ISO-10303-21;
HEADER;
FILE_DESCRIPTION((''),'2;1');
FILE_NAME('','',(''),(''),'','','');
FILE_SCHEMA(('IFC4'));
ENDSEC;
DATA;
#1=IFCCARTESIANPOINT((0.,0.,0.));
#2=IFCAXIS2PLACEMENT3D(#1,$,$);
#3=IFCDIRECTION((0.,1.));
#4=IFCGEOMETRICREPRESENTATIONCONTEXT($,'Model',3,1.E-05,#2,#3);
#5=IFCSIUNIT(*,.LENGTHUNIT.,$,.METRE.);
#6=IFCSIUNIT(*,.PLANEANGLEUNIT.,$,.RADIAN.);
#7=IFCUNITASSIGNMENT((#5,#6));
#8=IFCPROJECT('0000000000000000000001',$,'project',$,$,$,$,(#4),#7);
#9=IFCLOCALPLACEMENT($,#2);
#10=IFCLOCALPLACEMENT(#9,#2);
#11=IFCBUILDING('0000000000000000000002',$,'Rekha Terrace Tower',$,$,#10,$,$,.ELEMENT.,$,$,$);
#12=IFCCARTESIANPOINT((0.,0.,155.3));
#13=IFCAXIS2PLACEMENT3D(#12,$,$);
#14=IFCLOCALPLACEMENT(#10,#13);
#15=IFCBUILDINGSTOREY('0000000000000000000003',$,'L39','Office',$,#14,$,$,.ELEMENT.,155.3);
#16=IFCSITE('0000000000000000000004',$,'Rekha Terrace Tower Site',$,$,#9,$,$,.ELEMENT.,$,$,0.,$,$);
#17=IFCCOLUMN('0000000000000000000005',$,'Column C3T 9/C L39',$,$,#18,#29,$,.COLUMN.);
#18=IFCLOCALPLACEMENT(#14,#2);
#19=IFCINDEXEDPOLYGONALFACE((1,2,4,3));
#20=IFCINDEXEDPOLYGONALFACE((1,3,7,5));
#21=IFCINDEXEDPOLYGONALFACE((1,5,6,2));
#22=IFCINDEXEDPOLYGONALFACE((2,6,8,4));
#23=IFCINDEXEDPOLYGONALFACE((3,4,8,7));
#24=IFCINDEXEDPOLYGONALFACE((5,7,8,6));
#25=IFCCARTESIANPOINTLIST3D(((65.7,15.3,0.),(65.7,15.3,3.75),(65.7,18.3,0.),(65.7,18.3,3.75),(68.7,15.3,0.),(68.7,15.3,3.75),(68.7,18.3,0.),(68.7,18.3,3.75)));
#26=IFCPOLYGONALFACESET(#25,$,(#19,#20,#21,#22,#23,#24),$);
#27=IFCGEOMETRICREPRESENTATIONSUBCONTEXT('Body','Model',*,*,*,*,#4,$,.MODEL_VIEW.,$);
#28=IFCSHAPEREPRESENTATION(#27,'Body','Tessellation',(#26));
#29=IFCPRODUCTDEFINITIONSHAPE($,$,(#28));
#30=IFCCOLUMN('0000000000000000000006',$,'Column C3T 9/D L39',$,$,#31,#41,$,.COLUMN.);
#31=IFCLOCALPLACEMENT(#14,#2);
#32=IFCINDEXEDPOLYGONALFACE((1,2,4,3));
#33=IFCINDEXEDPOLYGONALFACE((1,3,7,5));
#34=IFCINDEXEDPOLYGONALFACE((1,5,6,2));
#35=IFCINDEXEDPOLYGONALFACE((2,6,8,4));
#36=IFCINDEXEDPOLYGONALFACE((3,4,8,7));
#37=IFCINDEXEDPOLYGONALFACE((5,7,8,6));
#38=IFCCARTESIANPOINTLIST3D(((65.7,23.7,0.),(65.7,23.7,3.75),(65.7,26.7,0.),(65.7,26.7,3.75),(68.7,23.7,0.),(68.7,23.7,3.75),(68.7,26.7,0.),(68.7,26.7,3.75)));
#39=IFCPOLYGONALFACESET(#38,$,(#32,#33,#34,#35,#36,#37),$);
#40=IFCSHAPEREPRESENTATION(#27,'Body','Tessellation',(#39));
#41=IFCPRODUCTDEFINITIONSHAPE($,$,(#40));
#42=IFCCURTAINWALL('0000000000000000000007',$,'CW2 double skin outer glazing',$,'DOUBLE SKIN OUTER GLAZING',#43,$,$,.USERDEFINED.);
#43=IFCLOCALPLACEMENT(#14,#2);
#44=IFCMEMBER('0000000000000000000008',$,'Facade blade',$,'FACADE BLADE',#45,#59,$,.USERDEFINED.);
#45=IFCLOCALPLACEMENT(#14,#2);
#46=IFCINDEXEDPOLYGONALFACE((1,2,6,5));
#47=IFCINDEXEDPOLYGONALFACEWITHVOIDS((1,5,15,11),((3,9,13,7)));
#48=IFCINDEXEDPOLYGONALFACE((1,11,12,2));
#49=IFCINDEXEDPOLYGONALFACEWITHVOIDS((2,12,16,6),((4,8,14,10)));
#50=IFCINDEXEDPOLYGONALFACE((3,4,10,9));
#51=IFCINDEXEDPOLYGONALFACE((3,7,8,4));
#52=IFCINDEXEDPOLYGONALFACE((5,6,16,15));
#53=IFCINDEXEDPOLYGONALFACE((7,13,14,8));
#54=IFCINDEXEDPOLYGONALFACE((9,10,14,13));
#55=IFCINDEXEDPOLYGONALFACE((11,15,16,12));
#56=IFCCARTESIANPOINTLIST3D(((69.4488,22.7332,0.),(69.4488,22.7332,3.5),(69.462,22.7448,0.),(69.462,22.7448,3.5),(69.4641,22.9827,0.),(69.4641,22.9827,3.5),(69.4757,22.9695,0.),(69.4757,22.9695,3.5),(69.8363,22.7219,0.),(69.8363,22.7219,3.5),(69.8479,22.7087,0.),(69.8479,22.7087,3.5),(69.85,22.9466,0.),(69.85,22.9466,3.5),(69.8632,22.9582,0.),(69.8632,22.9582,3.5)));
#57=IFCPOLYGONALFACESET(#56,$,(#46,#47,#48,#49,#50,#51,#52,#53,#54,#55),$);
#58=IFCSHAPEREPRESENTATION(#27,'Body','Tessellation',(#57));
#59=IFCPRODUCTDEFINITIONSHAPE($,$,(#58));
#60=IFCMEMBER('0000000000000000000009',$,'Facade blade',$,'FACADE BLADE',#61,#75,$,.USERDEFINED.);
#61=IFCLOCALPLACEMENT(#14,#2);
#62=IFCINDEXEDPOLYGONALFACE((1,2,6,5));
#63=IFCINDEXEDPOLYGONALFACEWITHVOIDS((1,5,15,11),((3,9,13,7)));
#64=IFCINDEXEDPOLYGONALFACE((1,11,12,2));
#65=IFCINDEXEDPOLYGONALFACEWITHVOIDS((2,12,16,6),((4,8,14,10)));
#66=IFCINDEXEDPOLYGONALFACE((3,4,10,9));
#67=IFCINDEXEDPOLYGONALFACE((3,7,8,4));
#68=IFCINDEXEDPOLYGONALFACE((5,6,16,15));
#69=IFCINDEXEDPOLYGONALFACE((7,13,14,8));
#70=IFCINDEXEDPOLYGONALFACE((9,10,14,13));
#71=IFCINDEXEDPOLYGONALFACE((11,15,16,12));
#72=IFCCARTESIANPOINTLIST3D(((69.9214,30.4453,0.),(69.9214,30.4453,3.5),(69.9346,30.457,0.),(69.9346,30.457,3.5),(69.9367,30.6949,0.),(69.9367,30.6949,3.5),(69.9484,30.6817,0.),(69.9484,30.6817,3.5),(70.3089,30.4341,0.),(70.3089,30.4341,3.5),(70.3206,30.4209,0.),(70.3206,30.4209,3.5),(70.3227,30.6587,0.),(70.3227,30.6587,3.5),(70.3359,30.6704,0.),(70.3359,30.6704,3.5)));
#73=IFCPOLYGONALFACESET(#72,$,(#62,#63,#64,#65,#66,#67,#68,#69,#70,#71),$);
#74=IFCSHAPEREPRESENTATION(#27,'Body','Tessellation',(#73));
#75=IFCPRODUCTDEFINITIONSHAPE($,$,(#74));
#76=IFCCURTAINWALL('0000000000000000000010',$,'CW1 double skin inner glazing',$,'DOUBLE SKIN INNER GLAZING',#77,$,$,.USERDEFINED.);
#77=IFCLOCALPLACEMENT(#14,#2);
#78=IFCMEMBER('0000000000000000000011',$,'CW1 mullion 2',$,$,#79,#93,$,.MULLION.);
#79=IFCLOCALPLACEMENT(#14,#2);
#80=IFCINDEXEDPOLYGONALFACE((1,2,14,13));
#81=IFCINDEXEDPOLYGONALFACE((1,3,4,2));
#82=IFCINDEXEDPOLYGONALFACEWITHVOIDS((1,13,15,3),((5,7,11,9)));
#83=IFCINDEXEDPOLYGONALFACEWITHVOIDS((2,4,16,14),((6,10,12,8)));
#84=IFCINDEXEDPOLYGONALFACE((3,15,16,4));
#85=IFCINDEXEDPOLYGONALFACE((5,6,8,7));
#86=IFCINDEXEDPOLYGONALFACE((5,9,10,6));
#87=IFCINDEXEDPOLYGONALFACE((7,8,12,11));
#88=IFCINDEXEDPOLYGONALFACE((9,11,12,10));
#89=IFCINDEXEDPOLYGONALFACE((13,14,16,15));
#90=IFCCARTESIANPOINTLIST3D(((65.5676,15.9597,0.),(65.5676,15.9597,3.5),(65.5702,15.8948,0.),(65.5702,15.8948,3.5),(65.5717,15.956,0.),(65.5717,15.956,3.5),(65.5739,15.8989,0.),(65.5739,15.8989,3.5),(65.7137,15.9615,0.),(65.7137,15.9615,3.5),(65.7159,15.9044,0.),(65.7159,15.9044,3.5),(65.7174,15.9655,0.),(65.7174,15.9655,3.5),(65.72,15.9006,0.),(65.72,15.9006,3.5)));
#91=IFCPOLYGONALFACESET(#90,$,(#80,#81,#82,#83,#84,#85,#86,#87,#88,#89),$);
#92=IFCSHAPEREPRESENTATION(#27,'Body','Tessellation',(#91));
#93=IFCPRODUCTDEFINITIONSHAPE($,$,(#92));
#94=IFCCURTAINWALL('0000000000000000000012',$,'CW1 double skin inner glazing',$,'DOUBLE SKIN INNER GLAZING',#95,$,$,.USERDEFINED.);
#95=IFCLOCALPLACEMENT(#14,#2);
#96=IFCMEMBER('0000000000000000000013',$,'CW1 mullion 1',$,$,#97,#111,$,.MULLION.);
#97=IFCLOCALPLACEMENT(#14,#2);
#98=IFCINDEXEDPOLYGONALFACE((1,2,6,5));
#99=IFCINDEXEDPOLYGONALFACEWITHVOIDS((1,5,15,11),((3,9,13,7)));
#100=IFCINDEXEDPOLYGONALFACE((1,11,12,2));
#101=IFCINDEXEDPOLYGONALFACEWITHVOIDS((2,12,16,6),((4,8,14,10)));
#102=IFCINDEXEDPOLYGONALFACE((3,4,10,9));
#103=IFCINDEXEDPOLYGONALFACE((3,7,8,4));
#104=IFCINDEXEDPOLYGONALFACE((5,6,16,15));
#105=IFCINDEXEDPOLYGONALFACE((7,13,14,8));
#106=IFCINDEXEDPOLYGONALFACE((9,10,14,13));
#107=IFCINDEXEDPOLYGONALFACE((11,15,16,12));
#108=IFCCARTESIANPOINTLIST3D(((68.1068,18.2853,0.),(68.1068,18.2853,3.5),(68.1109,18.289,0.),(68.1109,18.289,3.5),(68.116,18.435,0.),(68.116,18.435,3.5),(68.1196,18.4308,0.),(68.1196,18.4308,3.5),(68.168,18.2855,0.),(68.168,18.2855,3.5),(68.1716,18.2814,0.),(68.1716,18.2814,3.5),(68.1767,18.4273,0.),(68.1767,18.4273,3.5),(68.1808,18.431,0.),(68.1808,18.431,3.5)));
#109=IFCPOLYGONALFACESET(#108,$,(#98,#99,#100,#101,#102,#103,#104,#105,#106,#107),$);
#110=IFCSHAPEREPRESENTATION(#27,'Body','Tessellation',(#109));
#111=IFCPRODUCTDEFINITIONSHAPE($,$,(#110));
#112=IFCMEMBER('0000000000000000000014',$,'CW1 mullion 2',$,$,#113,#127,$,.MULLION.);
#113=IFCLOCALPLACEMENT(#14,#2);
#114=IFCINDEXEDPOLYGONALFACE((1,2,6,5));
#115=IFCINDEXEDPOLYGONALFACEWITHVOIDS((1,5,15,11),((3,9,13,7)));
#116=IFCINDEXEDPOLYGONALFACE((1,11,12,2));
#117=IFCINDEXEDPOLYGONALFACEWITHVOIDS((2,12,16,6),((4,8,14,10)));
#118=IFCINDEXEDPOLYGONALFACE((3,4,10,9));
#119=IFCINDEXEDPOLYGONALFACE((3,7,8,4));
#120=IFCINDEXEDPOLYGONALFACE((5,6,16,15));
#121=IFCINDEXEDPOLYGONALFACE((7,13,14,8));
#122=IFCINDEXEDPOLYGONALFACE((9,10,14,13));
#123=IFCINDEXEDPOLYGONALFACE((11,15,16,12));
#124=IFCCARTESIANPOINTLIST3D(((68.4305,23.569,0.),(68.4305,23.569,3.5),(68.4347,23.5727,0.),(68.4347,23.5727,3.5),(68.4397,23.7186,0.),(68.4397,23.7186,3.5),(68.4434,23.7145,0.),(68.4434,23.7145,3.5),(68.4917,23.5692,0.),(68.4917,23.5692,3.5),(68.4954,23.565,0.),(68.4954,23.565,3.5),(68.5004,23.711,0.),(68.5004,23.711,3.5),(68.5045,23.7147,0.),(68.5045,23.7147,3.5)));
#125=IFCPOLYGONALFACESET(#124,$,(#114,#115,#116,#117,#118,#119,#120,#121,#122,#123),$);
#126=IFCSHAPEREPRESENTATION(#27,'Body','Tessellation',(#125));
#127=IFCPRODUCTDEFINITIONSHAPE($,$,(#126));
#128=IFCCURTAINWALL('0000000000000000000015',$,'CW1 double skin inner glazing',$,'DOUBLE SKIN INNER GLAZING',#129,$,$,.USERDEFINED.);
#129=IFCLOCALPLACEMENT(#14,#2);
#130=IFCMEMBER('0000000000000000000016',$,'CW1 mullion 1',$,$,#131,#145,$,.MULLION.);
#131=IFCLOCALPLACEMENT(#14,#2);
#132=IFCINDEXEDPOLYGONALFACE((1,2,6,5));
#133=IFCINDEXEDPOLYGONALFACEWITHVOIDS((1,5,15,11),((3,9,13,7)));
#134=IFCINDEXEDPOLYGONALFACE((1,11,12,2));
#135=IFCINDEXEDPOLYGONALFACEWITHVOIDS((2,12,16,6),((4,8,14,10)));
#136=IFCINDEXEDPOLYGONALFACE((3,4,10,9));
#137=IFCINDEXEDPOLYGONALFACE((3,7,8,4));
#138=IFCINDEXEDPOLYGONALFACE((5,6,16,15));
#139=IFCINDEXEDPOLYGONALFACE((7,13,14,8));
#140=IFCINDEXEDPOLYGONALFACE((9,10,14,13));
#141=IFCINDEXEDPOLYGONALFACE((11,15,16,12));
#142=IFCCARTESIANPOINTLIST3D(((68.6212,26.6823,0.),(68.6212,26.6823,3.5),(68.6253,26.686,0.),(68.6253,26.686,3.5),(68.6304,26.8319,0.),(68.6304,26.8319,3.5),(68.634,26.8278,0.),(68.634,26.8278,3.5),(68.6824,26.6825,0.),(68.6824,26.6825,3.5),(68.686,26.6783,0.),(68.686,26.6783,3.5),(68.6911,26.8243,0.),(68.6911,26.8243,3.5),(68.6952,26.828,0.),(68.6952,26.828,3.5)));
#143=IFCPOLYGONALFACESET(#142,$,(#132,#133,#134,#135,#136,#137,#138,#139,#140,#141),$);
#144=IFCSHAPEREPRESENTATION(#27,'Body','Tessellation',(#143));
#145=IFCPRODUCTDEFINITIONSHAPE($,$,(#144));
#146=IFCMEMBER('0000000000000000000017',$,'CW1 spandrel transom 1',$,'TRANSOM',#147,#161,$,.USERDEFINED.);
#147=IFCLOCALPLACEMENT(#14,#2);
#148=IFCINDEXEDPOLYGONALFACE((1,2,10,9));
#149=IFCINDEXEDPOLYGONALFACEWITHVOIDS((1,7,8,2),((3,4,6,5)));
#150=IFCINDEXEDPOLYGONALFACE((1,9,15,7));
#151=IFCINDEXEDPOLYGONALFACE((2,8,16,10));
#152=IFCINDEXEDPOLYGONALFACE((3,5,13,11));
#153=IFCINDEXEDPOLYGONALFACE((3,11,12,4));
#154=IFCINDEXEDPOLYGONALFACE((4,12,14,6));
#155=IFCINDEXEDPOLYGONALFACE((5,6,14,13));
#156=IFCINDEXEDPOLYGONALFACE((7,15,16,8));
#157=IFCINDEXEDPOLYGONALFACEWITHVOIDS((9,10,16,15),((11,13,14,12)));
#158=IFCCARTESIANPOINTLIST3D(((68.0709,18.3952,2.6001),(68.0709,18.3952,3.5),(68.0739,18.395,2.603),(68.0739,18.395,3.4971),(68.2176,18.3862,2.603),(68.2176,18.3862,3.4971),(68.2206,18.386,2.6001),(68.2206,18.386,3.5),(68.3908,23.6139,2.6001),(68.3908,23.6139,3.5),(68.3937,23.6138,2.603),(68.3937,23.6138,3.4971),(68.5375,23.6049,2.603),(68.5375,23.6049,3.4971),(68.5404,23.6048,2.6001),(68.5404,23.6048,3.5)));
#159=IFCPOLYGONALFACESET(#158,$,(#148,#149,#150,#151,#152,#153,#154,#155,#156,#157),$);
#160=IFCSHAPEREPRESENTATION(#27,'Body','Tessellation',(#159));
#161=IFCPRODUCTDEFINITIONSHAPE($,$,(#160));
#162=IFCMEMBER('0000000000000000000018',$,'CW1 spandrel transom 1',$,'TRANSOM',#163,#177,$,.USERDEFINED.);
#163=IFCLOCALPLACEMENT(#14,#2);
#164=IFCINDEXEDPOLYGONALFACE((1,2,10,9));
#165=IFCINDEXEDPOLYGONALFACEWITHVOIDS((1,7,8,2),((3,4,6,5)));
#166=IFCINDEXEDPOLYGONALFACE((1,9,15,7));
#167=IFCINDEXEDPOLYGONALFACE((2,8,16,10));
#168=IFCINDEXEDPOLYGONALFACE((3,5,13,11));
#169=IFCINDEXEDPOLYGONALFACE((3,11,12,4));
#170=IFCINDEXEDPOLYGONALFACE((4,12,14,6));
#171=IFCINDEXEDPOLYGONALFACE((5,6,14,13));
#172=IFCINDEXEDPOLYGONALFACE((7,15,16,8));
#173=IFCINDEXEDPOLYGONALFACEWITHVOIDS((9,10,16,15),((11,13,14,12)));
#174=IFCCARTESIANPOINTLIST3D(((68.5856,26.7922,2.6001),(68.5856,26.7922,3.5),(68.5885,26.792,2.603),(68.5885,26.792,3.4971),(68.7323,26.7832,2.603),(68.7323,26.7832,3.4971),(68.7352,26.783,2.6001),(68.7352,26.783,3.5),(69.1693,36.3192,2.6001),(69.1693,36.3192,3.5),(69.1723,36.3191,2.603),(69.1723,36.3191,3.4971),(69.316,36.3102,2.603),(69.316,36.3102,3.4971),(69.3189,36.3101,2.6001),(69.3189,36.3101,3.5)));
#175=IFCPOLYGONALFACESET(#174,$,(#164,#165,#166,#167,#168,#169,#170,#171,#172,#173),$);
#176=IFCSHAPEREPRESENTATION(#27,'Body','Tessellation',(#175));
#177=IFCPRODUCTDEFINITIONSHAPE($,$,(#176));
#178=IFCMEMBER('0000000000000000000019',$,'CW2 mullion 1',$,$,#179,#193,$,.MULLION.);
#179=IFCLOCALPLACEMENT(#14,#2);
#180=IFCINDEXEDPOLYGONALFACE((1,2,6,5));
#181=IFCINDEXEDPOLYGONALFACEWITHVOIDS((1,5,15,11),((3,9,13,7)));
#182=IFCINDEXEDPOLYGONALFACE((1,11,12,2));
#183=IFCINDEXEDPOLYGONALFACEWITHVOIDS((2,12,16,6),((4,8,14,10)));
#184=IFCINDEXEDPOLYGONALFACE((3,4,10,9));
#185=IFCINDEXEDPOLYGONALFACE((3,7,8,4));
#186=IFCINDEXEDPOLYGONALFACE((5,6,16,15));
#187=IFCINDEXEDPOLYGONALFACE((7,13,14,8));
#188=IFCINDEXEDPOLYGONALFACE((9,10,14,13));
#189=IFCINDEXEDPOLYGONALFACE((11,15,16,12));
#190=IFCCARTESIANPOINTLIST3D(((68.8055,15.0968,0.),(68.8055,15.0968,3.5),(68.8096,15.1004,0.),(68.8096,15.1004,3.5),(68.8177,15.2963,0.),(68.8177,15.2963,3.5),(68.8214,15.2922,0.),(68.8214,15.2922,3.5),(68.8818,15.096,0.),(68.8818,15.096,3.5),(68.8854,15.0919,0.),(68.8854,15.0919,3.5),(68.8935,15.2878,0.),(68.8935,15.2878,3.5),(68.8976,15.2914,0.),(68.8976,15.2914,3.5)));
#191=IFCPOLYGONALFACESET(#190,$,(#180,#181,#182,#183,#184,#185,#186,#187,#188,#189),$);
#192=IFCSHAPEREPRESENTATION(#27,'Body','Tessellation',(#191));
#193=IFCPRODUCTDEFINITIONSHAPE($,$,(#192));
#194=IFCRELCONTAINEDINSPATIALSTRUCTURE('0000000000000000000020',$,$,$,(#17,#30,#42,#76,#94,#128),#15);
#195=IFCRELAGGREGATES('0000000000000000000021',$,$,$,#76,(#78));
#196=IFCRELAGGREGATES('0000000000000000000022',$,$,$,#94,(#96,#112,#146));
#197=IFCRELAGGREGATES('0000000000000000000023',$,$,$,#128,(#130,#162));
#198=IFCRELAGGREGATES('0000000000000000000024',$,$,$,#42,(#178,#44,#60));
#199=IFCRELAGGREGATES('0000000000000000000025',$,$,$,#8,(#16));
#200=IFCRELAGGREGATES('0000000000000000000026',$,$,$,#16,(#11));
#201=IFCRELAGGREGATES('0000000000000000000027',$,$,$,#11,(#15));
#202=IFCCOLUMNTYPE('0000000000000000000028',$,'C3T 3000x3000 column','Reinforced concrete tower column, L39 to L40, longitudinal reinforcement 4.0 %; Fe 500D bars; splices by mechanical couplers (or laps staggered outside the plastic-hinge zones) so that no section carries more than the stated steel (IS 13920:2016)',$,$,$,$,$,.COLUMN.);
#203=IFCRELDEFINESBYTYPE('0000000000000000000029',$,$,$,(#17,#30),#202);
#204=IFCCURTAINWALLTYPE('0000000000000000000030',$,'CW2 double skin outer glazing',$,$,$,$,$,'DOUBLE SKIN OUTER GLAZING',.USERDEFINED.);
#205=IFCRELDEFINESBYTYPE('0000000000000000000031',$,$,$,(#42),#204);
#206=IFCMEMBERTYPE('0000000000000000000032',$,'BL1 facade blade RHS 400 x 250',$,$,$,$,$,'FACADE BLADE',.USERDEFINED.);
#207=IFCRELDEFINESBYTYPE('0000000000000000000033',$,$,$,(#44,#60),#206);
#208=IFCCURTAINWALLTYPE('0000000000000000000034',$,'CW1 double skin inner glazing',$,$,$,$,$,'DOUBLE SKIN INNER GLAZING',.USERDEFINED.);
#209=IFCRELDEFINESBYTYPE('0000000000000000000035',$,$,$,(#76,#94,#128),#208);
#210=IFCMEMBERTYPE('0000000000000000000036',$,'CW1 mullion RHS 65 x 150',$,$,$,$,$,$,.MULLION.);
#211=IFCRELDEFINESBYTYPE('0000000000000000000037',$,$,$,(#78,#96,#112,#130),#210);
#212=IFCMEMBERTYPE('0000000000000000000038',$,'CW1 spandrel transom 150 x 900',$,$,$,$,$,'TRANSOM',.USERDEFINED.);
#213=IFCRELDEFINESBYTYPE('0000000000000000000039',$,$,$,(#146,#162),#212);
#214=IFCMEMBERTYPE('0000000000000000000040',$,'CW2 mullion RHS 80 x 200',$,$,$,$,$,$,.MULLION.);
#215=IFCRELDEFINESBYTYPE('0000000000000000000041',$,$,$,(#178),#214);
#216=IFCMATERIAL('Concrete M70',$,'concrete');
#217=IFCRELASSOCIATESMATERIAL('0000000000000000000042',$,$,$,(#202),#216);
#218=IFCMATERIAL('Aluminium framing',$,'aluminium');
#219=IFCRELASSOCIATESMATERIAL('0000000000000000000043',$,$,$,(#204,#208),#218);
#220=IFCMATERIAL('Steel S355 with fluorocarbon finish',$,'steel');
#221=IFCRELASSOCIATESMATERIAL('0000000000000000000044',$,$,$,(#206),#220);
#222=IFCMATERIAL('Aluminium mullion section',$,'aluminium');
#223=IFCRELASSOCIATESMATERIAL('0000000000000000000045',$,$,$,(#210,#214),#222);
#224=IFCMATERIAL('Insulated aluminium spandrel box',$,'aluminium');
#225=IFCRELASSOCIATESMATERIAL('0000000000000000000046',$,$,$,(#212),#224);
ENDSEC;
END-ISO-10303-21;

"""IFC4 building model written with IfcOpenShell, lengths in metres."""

from ifc_helpers import new_model, si_unit, direction, frame, origin, origin_2d, place, context, subcontext, project, spatial, rectangle, hollow_rectangle, extrude, material, material_profile, profile_set, type_object, element, aggregate, save


model = new_model("IFC4")

# Units and contexts
model_context = context("Model", 3, precision=1e-05, world=origin(), true_north=direction((0.0, 1.0)))
body_context = subcontext(model_context, "Body", "Model", "MODEL_VIEW")
ifc_project = project(units=[si_unit("LENGTHUNIT", "METRE"), si_unit("PLANEANGLEUNIT", "RADIAN")], contexts=[model_context])

# Site, building, storey
site_placement = place(None, origin())
site = spatial("IfcSite", under=ifc_project, at=site_placement, Name="Rekha Terrace Tower Site", CompositionType="ELEMENT", RefElevation=0.0)
building_placement = place(site_placement, origin())
building = spatial("IfcBuilding", under=site, at=building_placement, Name="Rekha Terrace Tower", CompositionType="ELEMENT")
storey_placement = place(building_placement, frame((0.0, 0.0, 155.3)))
storey = spatial("IfcBuildingStorey", under=building, at=storey_placement, Name="L39", Description="Office", CompositionType="ELEMENT", Elevation=155.3)

# Columns
ifc_material_1 = material(Name="Concrete M70", Category="concrete")
ifc_material_profile_1 = material_profile(ifc_material_1, rectangle(XDim=3.0, YDim=3.0, at=origin_2d()), Name="RC 3000x3000")
ifc_profile_set_1 = profile_set([ifc_material_profile_1], Name="Concrete M70")
column_type = type_object("IfcColumnType", Name="C3T 3000x3000 column", Description="Reinforced concrete tower column, L39 to L40, longitudinal reinforcement 4.0 %; Fe 500D bars; splices by mechanical couplers (or laps staggered outside the plastic-hinge zones) so that no section carries more than the stated steel (IS 13920:2016)", PredefinedType="COLUMN", material=ifc_profile_set_1)
for number, where, z_axis, x_axis, name in (
    (1, (67.2, 16.8, 0.0), (0.0, 0.0, 1.0), (1.0, 0.0, 0.0), "Column C3T 9/C L39"),
    (2, (67.2, 25.2, 0.0), (0.0, 0.0, 1.0), (1.0, 0.0, 0.0), "Column C3T 9/D L39"),
):
    element("IfcColumn", number, at=place(storey_placement, frame(where, z_axis=z_axis, x_axis=x_axis)), inside=storey, type_object=column_type, Name=name, PredefinedType="COLUMN", context=body_context, shape_type="SweptSolid", body=[
        extrude(rectangle(XDim=3.0, YDim=3.0, at=origin_2d()), origin(), (0.0, 0.0, 1.0), 3.75),
    ])

# Curtain wall, members
ifc_material_2 = material(Name="Aluminium framing", Category="aluminium")
curtain_wall_type_1 = type_object("IfcCurtainWallType", Name="CW2 double skin outer glazing", ElementType="DOUBLE SKIN OUTER GLAZING", PredefinedType="USERDEFINED", material=ifc_material_2)
curtain_wall_1_placement = place(storey_placement, origin())
curtain_wall_1 = element("IfcCurtainWall", 3, at=curtain_wall_1_placement, inside=storey, type_object=curtain_wall_type_1, Name="CW2 double skin outer glazing", ObjectType="DOUBLE SKIN OUTER GLAZING", PredefinedType="USERDEFINED")
ifc_material_3 = material(Name="Steel S355 with fluorocarbon finish", Category="steel")
ifc_material_profile_2 = material_profile(ifc_material_3, hollow_rectangle(XDim=0.25, YDim=0.3999, WallThickness=0.0125, at=origin_2d()), Name="RHS400x250x12.5")
ifc_profile_set_2 = profile_set([ifc_material_profile_2], Name="Steel S355 with fluorocarbon finish")
member_type_1 = type_object("IfcMemberType", Name="BL1 facade blade RHS 400 x 250", ElementType="FACADE BLADE", PredefinedType="USERDEFINED", material=ifc_profile_set_2)
member_1_placement = place(storey_placement, frame((69.656, 22.8457, 0.0), z_axis=(0.0, 0.0, 1.0), x_axis=(0.06116, 0.998128, 0.0)))
member_1 = element("IfcMember", 4, at=member_1_placement, type_object=member_type_1, Name="Facade blade", ObjectType="FACADE BLADE", PredefinedType="USERDEFINED", context=body_context, shape_type="SweptSolid", body=[
    extrude(hollow_rectangle(XDim=0.25, YDim=0.3999, WallThickness=0.0125, at=origin_2d()), origin(), (0.0, 0.0, 1.0), 3.5),
])
member_2_placement = place(storey_placement, frame((70.1287, 30.5579, 0.0), z_axis=(0.0, 0.0, 1.0), x_axis=(0.06116, 0.998128, 0.0)))
member_2 = element("IfcMember", 5, at=member_2_placement, type_object=member_type_1, Name="Facade blade", ObjectType="FACADE BLADE", PredefinedType="USERDEFINED", context=body_context, shape_type="SweptSolid", body=[
    extrude(hollow_rectangle(XDim=0.25, YDim=0.3999, WallThickness=0.0125, at=origin_2d()), origin(), (0.0, 0.0, 1.0), 3.5),
])

# Curtain wall, member
curtain_wall_type_2 = type_object("IfcCurtainWallType", Name="CW1 double skin inner glazing", ElementType="DOUBLE SKIN INNER GLAZING", PredefinedType="USERDEFINED", material=ifc_material_2)
curtain_wall_2_placement = place(storey_placement, origin())
curtain_wall_2 = element("IfcCurtainWall", 6, at=curtain_wall_2_placement, inside=storey, type_object=curtain_wall_type_2, Name="CW1 double skin inner glazing", ObjectType="DOUBLE SKIN INNER GLAZING", PredefinedType="USERDEFINED")
ifc_material_4 = material(Name="Aluminium mullion section", Category="aluminium")
ifc_material_profile_3 = material_profile(ifc_material_4, hollow_rectangle(XDim=0.0649, YDim=0.1499, WallThickness=0.0039, at=origin_2d()), Name="AL RHS 65x150")
ifc_profile_set_3 = profile_set([ifc_material_profile_3], Name="Aluminium mullion section")
member_type_2 = type_object("IfcMemberType", Name="CW1 mullion RHS 65 x 150", PredefinedType="MULLION", material=ifc_profile_set_3)
member_3_placement = place(storey_placement, frame((65.6438, 15.9302, 0.0), z_axis=(0.0, 0.0, 1.0), x_axis=(-0.03889, 0.999243, 0.0)))
member_3 = element("IfcMember", 7, at=member_3_placement, type_object=member_type_2, Name="CW1 mullion 2", PredefinedType="MULLION", context=body_context, shape_type="SweptSolid", body=[
    extrude(hollow_rectangle(XDim=0.0649, YDim=0.1499, WallThickness=0.0039, at=origin_2d()), origin(), (0.0, 0.0, 1.0), 3.5),
])

# Curtain wall, members
curtain_wall_3_placement = place(storey_placement, origin())
curtain_wall_3 = element("IfcCurtainWall", 8, at=curtain_wall_3_placement, inside=storey, type_object=curtain_wall_type_2, Name="CW1 double skin inner glazing", ObjectType="DOUBLE SKIN INNER GLAZING", PredefinedType="USERDEFINED")
member_4_placement = place(storey_placement, frame((68.1438, 18.3582, 0.0), z_axis=(0.0, 0.0, 1.0), x_axis=(-0.998128, 0.06116, 0.0)))
member_4 = element("IfcMember", 9, at=member_4_placement, type_object=member_type_2, Name="CW1 mullion 1", PredefinedType="MULLION", context=body_context, shape_type="SweptSolid", body=[
    extrude(hollow_rectangle(XDim=0.0649, YDim=0.1499, WallThickness=0.0039, at=origin_2d()), origin(), (0.0, 0.0, 1.0), 3.5),
])
member_5_placement = place(storey_placement, frame((68.4675, 23.6418, 0.0), z_axis=(0.0, 0.0, 1.0), x_axis=(-0.998128, 0.06116, 0.0)))
member_5 = element("IfcMember", 10, at=member_5_placement, type_object=member_type_2, Name="CW1 mullion 2", PredefinedType="MULLION", context=body_context, shape_type="SweptSolid", body=[
    extrude(hollow_rectangle(XDim=0.0649, YDim=0.1499, WallThickness=0.0039, at=origin_2d()), origin(), (0.0, 0.0, 1.0), 3.5),
])

# Curtain wall, member
curtain_wall_4_placement = place(storey_placement, origin())
curtain_wall_4 = element("IfcCurtainWall", 11, at=curtain_wall_4_placement, inside=storey, type_object=curtain_wall_type_2, Name="CW1 double skin inner glazing", ObjectType="DOUBLE SKIN INNER GLAZING", PredefinedType="USERDEFINED")
member_6_placement = place(storey_placement, frame((68.6582, 26.7551, 0.0), z_axis=(0.0, 0.0, 1.0), x_axis=(-0.998128, 0.06116, 0.0)))
member_6 = element("IfcMember", 12, at=member_6_placement, type_object=member_type_2, Name="CW1 mullion 1", PredefinedType="MULLION", context=body_context, shape_type="SweptSolid", body=[
    extrude(hollow_rectangle(XDim=0.0649, YDim=0.1499, WallThickness=0.0039, at=origin_2d()), origin(), (0.0, 0.0, 1.0), 3.5),
])

# Members
ifc_material_5 = material(Name="Insulated aluminium spandrel box", Category="aluminium")
ifc_material_profile_4 = material_profile(ifc_material_5, hollow_rectangle(XDim=0.1499, YDim=0.8999, WallThickness=0.0029, at=origin_2d()), Name="AL SPANDREL BOX 150x900")
ifc_profile_set_4 = profile_set([ifc_material_profile_4], Name="Insulated aluminium spandrel box")
member_type_3 = type_object("IfcMemberType", Name="CW1 spandrel transom 150 x 900", ElementType="TRANSOM", PredefinedType="USERDEFINED", material=ifc_profile_set_4)
member_7_placement = place(storey_placement, frame((68.1458, 18.3906, 3.05), z_axis=(0.061169, 0.998127, 0.0), x_axis=(-0.998127, 0.061169, 0.0)))
member_7 = element("IfcMember", 13, at=member_7_placement, type_object=member_type_3, Name="CW1 spandrel transom 1", ObjectType="TRANSOM", PredefinedType="USERDEFINED", context=body_context, shape_type="SweptSolid", body=[
    extrude(hollow_rectangle(XDim=0.1499, YDim=0.8999, WallThickness=0.0029, at=origin_2d()), origin(), (0.0, 0.0, 1.0), 5.2285),
])
member_8_placement = place(storey_placement, frame((68.6604, 26.7876, 3.05), z_axis=(0.061157, 0.998128, 0.0), x_axis=(-0.998128, 0.061157, 0.0)))
member_8 = element("IfcMember", 14, at=member_8_placement, type_object=member_type_3, Name="CW1 spandrel transom 1", ObjectType="TRANSOM", PredefinedType="USERDEFINED", context=body_context, shape_type="SweptSolid", body=[
    extrude(hollow_rectangle(XDim=0.1499, YDim=0.8999, WallThickness=0.0029, at=origin_2d()), origin(), (0.0, 0.0, 1.0), 9.5449),
])
ifc_material_profile_5 = material_profile(ifc_material_4, hollow_rectangle(XDim=0.0801, YDim=0.2, WallThickness=0.0039, at=origin_2d()), Name="AL RHS 80x200")
ifc_profile_set_5 = profile_set([ifc_material_profile_5], Name="Aluminium mullion section")
member_type_4 = type_object("IfcMemberType", Name="CW2 mullion RHS 80 x 200", PredefinedType="MULLION", material=ifc_profile_set_5)
member_9_placement = place(storey_placement, frame((68.8516, 15.1941, 0.0), z_axis=(0.0, 0.0, 1.0), x_axis=(-0.998128, 0.06116, 0.0)))
member_9 = element("IfcMember", 15, at=member_9_placement, type_object=member_type_4, Name="CW2 mullion 1", PredefinedType="MULLION", context=body_context, shape_type="SweptSolid", body=[
    extrude(hollow_rectangle(XDim=0.0801, YDim=0.2, WallThickness=0.0039, at=origin_2d()), origin(), (0.0, 0.0, 1.0), 3.5),
])

aggregate(curtain_wall_2, [member_3])
aggregate(curtain_wall_3, [member_4, member_5, member_7])
aggregate(curtain_wall_4, [member_6, member_8])

aggregate(curtain_wall_1, [member_9, member_1, member_2])

save(model, "model.ifc")
